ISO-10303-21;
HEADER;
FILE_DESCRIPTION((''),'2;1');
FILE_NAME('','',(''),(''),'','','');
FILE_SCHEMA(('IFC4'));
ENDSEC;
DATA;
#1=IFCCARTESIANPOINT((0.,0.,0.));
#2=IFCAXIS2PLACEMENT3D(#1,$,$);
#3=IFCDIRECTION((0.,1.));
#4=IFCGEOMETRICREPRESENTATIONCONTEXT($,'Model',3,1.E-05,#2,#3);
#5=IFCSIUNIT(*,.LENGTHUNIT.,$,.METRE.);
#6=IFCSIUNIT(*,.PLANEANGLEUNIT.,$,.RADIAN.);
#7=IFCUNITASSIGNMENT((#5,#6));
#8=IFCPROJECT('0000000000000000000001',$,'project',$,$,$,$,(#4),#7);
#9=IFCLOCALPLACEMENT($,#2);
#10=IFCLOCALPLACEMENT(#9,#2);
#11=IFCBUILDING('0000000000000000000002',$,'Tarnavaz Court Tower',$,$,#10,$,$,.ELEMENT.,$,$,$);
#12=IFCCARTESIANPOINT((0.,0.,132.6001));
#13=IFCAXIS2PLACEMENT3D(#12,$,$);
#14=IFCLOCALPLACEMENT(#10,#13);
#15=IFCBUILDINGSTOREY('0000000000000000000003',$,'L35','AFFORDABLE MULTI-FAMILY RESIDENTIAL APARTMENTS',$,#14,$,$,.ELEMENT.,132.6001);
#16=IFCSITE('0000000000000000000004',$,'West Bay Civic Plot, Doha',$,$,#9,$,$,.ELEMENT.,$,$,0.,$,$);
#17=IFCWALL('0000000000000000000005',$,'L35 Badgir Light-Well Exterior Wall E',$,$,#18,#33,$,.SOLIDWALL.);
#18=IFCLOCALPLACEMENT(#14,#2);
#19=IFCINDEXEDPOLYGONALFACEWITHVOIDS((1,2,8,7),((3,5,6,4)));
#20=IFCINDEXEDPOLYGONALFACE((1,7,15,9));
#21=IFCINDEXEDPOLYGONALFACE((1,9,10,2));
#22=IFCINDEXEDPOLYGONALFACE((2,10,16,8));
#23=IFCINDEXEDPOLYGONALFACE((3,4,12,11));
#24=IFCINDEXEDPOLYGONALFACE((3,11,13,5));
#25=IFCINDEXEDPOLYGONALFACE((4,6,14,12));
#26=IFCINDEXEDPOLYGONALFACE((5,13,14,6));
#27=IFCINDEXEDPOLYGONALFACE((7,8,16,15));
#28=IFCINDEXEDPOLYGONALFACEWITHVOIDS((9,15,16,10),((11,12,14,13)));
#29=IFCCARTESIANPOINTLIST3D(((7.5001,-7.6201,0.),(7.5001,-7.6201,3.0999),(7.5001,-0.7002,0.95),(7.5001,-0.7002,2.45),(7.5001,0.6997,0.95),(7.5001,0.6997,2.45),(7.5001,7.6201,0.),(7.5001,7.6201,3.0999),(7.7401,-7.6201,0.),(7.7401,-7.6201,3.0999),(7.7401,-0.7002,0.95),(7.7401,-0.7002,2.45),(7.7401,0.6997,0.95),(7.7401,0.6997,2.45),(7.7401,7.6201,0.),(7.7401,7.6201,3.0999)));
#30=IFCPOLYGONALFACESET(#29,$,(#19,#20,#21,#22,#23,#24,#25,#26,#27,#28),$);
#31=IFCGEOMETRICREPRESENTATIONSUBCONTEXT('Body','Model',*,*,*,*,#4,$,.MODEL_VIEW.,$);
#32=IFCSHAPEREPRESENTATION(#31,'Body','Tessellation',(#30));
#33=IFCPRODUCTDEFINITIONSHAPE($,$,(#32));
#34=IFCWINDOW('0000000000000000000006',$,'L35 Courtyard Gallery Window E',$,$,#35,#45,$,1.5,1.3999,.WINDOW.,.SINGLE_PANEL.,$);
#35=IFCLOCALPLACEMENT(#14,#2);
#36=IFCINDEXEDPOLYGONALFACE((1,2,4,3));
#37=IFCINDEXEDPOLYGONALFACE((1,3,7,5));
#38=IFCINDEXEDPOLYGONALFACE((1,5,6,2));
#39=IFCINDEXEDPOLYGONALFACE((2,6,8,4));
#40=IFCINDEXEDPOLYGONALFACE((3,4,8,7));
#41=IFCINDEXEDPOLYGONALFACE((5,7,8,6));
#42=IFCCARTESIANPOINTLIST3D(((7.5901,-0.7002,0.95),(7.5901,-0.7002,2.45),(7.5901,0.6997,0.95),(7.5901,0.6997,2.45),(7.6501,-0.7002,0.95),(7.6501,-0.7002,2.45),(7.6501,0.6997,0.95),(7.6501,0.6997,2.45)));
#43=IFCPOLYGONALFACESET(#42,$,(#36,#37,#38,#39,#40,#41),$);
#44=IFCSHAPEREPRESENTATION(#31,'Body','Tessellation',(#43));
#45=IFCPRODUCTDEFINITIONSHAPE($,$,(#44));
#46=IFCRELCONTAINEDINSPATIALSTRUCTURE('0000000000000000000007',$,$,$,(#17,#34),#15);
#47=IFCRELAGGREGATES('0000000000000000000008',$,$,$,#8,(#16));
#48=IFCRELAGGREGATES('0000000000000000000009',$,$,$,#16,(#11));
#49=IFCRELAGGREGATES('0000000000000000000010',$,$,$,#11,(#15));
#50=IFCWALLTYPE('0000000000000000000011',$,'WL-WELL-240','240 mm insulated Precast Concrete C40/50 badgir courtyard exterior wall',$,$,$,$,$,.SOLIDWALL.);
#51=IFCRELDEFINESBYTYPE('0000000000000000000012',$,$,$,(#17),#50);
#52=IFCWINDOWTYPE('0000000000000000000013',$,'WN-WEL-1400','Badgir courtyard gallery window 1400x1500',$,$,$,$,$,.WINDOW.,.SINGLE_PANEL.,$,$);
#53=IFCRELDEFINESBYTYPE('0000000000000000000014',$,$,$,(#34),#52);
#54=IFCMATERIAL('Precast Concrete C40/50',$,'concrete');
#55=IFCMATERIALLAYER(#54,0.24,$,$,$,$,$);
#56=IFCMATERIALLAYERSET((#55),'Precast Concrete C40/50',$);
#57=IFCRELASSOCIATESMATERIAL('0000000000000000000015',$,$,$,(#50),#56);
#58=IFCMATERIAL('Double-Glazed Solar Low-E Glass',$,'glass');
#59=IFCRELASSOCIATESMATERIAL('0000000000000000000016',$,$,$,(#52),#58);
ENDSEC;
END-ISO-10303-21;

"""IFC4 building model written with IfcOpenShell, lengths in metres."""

from ifc_helpers import new_model, si_unit, direction, frame, frame_2d, origin, place, context, subcontext, project, spatial, rectangle, extrude, material, layer, layer_set, type_object, element, fill, save


model = new_model("IFC4")

# Units and contexts
model_context = context("Model", 3, precision=1e-05, world=origin(), true_north=direction((0.0, 1.0)))
body_context = subcontext(model_context, "Body", "Model", "MODEL_VIEW")
ifc_project = project(units=[si_unit("LENGTHUNIT", "METRE"), si_unit("PLANEANGLEUNIT", "RADIAN")], contexts=[model_context])

# Site, building, storey
site_placement = place(None, origin())
site = spatial("IfcSite", under=ifc_project, at=site_placement, Name="West Bay Civic Plot, Doha", CompositionType="ELEMENT", RefElevation=0.0)
building_placement = place(site_placement, origin())
building = spatial("IfcBuilding", under=site, at=building_placement, Name="Tarnavaz Court Tower", CompositionType="ELEMENT")
storey_placement = place(building_placement, frame((0.0, 0.0, 132.6001)))
storey = spatial("IfcBuildingStorey", under=building, at=storey_placement, Name="L35", Description="AFFORDABLE MULTI-FAMILY RESIDENTIAL APARTMENTS", CompositionType="ELEMENT", Elevation=132.6001)

# Wall, opening, window
ifc_material_1 = material(Name="Precast Concrete C40/50", Category="concrete")
ifc_layer_1 = layer(ifc_material_1, 0.24)
ifc_layer_set_1 = layer_set([ifc_layer_1], Name="Precast Concrete C40/50")
wall_type_1 = type_object("IfcWallType", Name="WL-WELL-240", Description="240 mm insulated Precast Concrete C40/50 badgir courtyard exterior wall", PredefinedType="SOLIDWALL", material=ifc_layer_set_1)
wall_1_placement = place(storey_placement, frame((7.6201, -7.6201, 0.0), z_axis=(0.0, 0.0, 1.0), x_axis=(0.0, 1.0, 0.0)))
wall_1 = element("IfcWall", 1, at=wall_1_placement, inside=storey, type_object=wall_type_1, Name="L35 Badgir Light-Well Exterior Wall E", PredefinedType="SOLIDWALL", context=body_context, shape_type="SweptSolid", body=[
    extrude(rectangle(XDim=15.2402, YDim=0.24, at=frame_2d((7.6201, 0.0))), origin(), (0.0, 0.0, 1.0), 3.0999),
])
opening_1_placement = place(wall_1_placement, frame((6.9199, 0.0, 0.95)))
opening_1 = element("IfcOpeningElement", 2, at=opening_1_placement, cuts=wall_1, PredefinedType="OPENING", context=body_context, shape_type="SweptSolid", body=[
    extrude(rectangle(XDim=1.3999, YDim=1.5, at=frame_2d((0.7, 0.75))), frame((0.0, 0.1299, 0.0), z_axis=(0.0, -1.0, 0.0), x_axis=(1.0, 0.0, 0.0)), (0.0, 0.0, 1.0), 0.26),
])
ifc_material_2 = material(Name="Double-Glazed Solar Low-E Glass", Category="glass")
window_type = type_object("IfcWindowType", Name="WN-WEL-1400", Description="Badgir courtyard gallery window 1400x1500", PartitioningType="SINGLE_PANEL", PredefinedType="WINDOW", material=ifc_material_2)
window_placement = place(opening_1_placement, origin())
window = element("IfcWindow", 3, at=window_placement, inside=storey, type_object=window_type, Name="L35 Courtyard Gallery Window E", OverallHeight=1.5, OverallWidth=1.3999, PartitioningType="SINGLE_PANEL", PredefinedType="WINDOW", context=body_context, shape_type="SweptSolid", body=[
    extrude(rectangle(XDim=1.3999, YDim=1.5, at=frame_2d((0.7, 0.75))), frame((0.0, 0.03, 0.0), z_axis=(0.0, -1.0, 0.0), x_axis=(1.0, 0.0, 0.0)), (0.0, 0.0, 1.0), 0.0601),
])
fill(opening_1, window)

save(model, "model.ifc")
